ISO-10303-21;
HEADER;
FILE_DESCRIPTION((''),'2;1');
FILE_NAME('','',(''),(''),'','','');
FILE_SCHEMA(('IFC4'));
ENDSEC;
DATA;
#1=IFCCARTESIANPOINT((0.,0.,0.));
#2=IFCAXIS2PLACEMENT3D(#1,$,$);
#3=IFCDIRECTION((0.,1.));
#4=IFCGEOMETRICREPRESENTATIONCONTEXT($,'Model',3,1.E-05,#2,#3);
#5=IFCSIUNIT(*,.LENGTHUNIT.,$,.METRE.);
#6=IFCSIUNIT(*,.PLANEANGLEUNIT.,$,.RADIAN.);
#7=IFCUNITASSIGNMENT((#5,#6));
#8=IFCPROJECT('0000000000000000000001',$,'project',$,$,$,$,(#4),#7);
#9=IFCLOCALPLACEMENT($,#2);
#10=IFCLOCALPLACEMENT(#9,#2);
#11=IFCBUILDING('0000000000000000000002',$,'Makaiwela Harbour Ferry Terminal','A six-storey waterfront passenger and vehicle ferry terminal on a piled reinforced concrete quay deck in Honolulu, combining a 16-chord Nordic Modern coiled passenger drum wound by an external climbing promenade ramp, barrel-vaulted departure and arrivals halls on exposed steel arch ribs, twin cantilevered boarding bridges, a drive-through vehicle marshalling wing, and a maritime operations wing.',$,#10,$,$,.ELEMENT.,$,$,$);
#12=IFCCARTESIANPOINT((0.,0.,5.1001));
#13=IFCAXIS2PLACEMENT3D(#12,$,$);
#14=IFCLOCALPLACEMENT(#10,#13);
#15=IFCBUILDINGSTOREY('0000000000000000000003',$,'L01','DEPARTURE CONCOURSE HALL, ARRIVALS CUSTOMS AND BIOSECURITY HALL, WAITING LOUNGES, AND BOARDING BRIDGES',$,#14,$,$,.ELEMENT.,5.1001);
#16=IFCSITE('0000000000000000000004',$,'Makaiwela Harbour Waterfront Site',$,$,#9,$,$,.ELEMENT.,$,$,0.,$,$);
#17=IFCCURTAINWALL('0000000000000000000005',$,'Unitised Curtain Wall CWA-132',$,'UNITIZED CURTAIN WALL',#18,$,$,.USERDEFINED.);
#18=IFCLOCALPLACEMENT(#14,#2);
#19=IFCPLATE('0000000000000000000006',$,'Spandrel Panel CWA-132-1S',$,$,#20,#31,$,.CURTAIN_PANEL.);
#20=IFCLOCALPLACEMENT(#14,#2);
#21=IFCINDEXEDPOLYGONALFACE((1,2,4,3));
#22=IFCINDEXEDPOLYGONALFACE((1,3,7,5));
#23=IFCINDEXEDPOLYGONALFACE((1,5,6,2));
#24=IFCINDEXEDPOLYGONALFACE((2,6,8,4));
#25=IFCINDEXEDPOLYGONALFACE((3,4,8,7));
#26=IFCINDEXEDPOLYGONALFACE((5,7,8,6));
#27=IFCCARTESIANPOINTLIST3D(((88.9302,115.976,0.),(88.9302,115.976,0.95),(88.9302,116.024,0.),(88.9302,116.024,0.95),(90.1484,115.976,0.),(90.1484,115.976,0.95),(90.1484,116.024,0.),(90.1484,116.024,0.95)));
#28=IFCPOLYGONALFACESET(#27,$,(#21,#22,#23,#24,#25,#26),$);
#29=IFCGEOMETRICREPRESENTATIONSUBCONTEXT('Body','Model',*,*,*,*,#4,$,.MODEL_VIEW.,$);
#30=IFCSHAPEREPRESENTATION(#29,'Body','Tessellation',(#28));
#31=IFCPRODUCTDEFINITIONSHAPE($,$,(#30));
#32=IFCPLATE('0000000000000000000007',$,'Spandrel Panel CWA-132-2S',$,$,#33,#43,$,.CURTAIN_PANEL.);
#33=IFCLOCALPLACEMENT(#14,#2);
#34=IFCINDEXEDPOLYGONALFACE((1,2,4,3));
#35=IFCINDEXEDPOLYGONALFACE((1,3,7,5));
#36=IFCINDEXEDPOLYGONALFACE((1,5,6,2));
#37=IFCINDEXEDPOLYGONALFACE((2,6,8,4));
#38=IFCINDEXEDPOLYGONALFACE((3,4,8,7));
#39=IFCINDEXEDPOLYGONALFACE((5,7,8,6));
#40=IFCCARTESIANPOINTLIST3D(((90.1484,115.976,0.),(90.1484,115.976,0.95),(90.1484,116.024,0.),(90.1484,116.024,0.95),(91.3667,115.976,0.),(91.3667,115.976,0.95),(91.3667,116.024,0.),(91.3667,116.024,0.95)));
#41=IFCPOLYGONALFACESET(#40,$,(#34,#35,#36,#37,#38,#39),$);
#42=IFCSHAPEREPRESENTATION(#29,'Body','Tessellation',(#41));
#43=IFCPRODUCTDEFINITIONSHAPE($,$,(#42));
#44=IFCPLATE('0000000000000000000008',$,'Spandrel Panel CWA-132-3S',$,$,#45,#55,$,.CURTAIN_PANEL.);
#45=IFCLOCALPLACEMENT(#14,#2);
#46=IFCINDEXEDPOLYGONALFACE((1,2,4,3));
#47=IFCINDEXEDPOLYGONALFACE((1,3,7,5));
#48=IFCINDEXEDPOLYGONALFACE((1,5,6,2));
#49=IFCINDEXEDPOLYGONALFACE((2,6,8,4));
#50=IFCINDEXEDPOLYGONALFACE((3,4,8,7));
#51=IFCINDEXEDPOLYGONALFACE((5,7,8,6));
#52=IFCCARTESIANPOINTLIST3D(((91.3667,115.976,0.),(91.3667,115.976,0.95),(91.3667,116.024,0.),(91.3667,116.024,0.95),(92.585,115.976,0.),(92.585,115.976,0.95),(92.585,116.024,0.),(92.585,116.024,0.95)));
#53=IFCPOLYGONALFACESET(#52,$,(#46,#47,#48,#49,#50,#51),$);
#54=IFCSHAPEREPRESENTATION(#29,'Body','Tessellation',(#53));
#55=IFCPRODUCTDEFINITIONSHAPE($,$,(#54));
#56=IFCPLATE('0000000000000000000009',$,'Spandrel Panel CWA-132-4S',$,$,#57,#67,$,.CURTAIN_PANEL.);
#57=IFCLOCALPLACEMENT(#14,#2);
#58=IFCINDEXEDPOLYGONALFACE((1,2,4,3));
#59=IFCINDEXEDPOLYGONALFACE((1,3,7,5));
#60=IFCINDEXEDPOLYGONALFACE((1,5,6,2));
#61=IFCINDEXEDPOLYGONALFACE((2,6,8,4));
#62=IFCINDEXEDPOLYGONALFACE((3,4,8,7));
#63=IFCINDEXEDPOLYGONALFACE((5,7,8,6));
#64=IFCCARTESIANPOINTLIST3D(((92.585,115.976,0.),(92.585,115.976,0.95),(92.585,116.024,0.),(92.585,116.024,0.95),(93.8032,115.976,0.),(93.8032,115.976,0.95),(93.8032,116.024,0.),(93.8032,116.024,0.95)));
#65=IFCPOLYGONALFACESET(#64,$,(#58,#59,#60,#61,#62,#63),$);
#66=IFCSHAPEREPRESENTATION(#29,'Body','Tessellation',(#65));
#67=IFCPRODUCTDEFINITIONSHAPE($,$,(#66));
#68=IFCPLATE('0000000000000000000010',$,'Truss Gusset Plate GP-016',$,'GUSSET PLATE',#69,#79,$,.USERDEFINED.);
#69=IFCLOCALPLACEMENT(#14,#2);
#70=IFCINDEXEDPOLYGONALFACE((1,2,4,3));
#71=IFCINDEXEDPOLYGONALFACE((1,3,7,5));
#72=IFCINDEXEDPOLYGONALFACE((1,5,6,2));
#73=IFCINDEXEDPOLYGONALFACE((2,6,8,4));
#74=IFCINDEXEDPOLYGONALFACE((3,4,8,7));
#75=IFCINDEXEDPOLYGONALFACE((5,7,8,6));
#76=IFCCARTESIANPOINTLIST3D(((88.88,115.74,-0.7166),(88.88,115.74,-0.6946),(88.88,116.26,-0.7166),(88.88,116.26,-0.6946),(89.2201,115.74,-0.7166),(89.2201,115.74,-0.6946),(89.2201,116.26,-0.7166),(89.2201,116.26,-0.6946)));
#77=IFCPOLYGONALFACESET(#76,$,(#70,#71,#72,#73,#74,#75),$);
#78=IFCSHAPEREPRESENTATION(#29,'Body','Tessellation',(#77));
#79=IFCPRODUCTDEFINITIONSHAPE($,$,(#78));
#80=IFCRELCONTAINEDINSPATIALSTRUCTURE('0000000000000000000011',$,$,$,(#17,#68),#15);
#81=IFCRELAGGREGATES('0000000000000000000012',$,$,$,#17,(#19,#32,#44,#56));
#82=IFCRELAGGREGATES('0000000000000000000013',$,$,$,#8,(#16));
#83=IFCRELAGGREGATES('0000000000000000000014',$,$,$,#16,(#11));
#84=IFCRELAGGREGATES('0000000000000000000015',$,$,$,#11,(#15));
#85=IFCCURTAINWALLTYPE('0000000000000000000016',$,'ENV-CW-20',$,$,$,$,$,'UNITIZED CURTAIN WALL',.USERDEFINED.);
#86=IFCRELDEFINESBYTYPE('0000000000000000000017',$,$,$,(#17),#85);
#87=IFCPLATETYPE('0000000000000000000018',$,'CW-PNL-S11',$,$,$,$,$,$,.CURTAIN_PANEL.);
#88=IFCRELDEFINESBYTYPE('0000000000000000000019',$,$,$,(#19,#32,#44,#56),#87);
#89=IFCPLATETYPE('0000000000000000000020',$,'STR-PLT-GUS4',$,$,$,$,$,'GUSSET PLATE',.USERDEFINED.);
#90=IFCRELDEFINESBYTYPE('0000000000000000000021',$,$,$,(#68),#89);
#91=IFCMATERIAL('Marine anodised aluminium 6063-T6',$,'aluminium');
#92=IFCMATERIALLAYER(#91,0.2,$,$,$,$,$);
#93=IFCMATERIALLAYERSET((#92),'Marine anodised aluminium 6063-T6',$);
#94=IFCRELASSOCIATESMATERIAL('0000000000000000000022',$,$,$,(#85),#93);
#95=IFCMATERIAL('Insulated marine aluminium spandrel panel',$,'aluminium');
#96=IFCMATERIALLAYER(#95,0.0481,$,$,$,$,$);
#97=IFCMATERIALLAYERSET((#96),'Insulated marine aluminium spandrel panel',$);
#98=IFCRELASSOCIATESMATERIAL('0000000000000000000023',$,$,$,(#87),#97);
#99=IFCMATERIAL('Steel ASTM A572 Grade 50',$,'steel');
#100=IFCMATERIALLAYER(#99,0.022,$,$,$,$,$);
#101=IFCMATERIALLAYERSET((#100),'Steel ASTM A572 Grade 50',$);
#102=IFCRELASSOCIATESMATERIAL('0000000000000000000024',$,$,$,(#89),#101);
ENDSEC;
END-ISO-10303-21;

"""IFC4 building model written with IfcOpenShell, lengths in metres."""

from ifc_helpers import new_model, si_unit, direction, frame, origin, origin_2d, place, context, subcontext, project, spatial, rectangle, extrude, material, layer, layer_set, type_object, element, aggregate, save


model = new_model("IFC4")

# Units and contexts
model_context = context("Model", 3, precision=1e-05, world=origin(), true_north=direction((0.0, 1.0)))
body_context = subcontext(model_context, "Body", "Model", "MODEL_VIEW")
ifc_project = project(units=[si_unit("LENGTHUNIT", "METRE"), si_unit("PLANEANGLEUNIT", "RADIAN")], contexts=[model_context])

# Site, building, storey
site_placement = place(None, origin())
site = spatial("IfcSite", under=ifc_project, at=site_placement, Name="Makaiwela Harbour Waterfront Site", CompositionType="ELEMENT", RefElevation=0.0)
building_placement = place(site_placement, origin())
building = spatial("IfcBuilding", under=site, at=building_placement, Name="Makaiwela Harbour Ferry Terminal", Description="A six-storey waterfront passenger and vehicle ferry terminal on a piled reinforced concrete quay deck in Honolulu, combining a 16-chord Nordic Modern coiled passenger drum wound by an external climbing promenade ramp, barrel-vaulted departure and arrivals halls on exposed steel arch ribs, twin cantilevered boarding bridges, a drive-through vehicle marshalling wing, and a maritime operations wing.", CompositionType="ELEMENT")
storey_placement = place(building_placement, frame((0.0, 0.0, 5.1001)))
storey = spatial("IfcBuildingStorey", under=building, at=storey_placement, Name="L01", Description="DEPARTURE CONCOURSE HALL, ARRIVALS CUSTOMS AND BIOSECURITY HALL, WAITING LOUNGES, AND BOARDING BRIDGES", CompositionType="ELEMENT", Elevation=5.1001)

# Curtain wall
ifc_material_1 = material(Name="Marine anodised aluminium 6063-T6", Category="aluminium")
ifc_layer_1 = layer(ifc_material_1, 0.2)
ifc_layer_set_1 = layer_set([ifc_layer_1], Name="Marine anodised aluminium 6063-T6")
curtain_wall_type = type_object("IfcCurtainWallType", Name="ENV-CW-20", ElementType="UNITIZED CURTAIN WALL", PredefinedType="USERDEFINED", material=ifc_layer_set_1)
curtain_wall_placement = place(storey_placement, origin())
curtain_wall = element("IfcCurtainWall", 1, at=curtain_wall_placement, inside=storey, type_object=curtain_wall_type, Name="Unitised Curtain Wall CWA-132", ObjectType="UNITIZED CURTAIN WALL", PredefinedType="USERDEFINED")

# Plates
ifc_material_2 = material(Name="Insulated marine aluminium spandrel panel", Category="aluminium")
ifc_layer_2 = layer(ifc_material_2, 0.0481)
ifc_layer_set_2 = layer_set([ifc_layer_2], Name="Insulated marine aluminium spandrel panel")
plate_type_1 = type_object("IfcPlateType", Name="CW-PNL-S11", PredefinedType="CURTAIN_PANEL", material=ifc_layer_set_2)
plate_1_placement = place(storey_placement, frame((89.5393, 116.0, 0.0), z_axis=(0.0, 0.0, 1.0), x_axis=(1.0, 0.0, 0.0)))
plate_1 = element("IfcPlate", 2, at=plate_1_placement, type_object=plate_type_1, Name="Spandrel Panel CWA-132-1S", PredefinedType="CURTAIN_PANEL", context=body_context, shape_type="SweptSolid", body=[
    extrude(rectangle(XDim=1.2183, YDim=0.0481, at=origin_2d()), origin(), (0.0, 0.0, 1.0), 0.95),
])
plate_2_placement = place(storey_placement, frame((90.7576, 116.0, 0.0), z_axis=(0.0, 0.0, 1.0), x_axis=(1.0, 0.0, 0.0)))
plate_2 = element("IfcPlate", 3, at=plate_2_placement, type_object=plate_type_1, Name="Spandrel Panel CWA-132-2S", PredefinedType="CURTAIN_PANEL", context=body_context, shape_type="SweptSolid", body=[
    extrude(rectangle(XDim=1.2183, YDim=0.0481, at=origin_2d()), origin(), (0.0, 0.0, 1.0), 0.95),
])
plate_3_placement = place(storey_placement, frame((91.9758, 116.0, 0.0), z_axis=(0.0, 0.0, 1.0), x_axis=(1.0, 0.0, 0.0)))
plate_3 = element("IfcPlate", 4, at=plate_3_placement, type_object=plate_type_1, Name="Spandrel Panel CWA-132-3S", PredefinedType="CURTAIN_PANEL", context=body_context, shape_type="SweptSolid", body=[
    extrude(rectangle(XDim=1.2183, YDim=0.0481, at=origin_2d()), origin(), (0.0, 0.0, 1.0), 0.95),
])
plate_4_placement = place(storey_placement, frame((93.1941, 116.0, 0.0), z_axis=(0.0, 0.0, 1.0), x_axis=(1.0, 0.0, 0.0)))
plate_4 = element("IfcPlate", 5, at=plate_4_placement, type_object=plate_type_1, Name="Spandrel Panel CWA-132-4S", PredefinedType="CURTAIN_PANEL", context=body_context, shape_type="SweptSolid", body=[
    extrude(rectangle(XDim=1.2183, YDim=0.0481, at=origin_2d()), origin(), (0.0, 0.0, 1.0), 0.95),
])
aggregate(curtain_wall, [plate_1, plate_2, plate_3, plate_4])
ifc_material_3 = material(Name="Steel ASTM A572 Grade 50", Category="steel")
ifc_layer_3 = layer(ifc_material_3, 0.022)
ifc_layer_set_3 = layer_set([ifc_layer_3], Name="Steel ASTM A572 Grade 50")
plate_type_2 = type_object("IfcPlateType", Name="STR-PLT-GUS4", ElementType="GUSSET PLATE", PredefinedType="USERDEFINED", material=ifc_layer_set_3)
plate_5_placement = place(storey_placement, frame((89.05, 116.0, -0.7166), z_axis=(0.0, 0.0, 1.0), x_axis=(0.0, 1.0, 0.0)))
element("IfcPlate", 6, at=plate_5_placement, inside=storey, type_object=plate_type_2, Name="Truss Gusset Plate GP-016", ObjectType="GUSSET PLATE", PredefinedType="USERDEFINED", context=body_context, shape_type="SweptSolid", body=[
    extrude(rectangle(XDim=0.52, YDim=0.3401, at=origin_2d()), origin(), (0.0, 0.0, 1.0), 0.022),
])

save(model, "model.ifc")
